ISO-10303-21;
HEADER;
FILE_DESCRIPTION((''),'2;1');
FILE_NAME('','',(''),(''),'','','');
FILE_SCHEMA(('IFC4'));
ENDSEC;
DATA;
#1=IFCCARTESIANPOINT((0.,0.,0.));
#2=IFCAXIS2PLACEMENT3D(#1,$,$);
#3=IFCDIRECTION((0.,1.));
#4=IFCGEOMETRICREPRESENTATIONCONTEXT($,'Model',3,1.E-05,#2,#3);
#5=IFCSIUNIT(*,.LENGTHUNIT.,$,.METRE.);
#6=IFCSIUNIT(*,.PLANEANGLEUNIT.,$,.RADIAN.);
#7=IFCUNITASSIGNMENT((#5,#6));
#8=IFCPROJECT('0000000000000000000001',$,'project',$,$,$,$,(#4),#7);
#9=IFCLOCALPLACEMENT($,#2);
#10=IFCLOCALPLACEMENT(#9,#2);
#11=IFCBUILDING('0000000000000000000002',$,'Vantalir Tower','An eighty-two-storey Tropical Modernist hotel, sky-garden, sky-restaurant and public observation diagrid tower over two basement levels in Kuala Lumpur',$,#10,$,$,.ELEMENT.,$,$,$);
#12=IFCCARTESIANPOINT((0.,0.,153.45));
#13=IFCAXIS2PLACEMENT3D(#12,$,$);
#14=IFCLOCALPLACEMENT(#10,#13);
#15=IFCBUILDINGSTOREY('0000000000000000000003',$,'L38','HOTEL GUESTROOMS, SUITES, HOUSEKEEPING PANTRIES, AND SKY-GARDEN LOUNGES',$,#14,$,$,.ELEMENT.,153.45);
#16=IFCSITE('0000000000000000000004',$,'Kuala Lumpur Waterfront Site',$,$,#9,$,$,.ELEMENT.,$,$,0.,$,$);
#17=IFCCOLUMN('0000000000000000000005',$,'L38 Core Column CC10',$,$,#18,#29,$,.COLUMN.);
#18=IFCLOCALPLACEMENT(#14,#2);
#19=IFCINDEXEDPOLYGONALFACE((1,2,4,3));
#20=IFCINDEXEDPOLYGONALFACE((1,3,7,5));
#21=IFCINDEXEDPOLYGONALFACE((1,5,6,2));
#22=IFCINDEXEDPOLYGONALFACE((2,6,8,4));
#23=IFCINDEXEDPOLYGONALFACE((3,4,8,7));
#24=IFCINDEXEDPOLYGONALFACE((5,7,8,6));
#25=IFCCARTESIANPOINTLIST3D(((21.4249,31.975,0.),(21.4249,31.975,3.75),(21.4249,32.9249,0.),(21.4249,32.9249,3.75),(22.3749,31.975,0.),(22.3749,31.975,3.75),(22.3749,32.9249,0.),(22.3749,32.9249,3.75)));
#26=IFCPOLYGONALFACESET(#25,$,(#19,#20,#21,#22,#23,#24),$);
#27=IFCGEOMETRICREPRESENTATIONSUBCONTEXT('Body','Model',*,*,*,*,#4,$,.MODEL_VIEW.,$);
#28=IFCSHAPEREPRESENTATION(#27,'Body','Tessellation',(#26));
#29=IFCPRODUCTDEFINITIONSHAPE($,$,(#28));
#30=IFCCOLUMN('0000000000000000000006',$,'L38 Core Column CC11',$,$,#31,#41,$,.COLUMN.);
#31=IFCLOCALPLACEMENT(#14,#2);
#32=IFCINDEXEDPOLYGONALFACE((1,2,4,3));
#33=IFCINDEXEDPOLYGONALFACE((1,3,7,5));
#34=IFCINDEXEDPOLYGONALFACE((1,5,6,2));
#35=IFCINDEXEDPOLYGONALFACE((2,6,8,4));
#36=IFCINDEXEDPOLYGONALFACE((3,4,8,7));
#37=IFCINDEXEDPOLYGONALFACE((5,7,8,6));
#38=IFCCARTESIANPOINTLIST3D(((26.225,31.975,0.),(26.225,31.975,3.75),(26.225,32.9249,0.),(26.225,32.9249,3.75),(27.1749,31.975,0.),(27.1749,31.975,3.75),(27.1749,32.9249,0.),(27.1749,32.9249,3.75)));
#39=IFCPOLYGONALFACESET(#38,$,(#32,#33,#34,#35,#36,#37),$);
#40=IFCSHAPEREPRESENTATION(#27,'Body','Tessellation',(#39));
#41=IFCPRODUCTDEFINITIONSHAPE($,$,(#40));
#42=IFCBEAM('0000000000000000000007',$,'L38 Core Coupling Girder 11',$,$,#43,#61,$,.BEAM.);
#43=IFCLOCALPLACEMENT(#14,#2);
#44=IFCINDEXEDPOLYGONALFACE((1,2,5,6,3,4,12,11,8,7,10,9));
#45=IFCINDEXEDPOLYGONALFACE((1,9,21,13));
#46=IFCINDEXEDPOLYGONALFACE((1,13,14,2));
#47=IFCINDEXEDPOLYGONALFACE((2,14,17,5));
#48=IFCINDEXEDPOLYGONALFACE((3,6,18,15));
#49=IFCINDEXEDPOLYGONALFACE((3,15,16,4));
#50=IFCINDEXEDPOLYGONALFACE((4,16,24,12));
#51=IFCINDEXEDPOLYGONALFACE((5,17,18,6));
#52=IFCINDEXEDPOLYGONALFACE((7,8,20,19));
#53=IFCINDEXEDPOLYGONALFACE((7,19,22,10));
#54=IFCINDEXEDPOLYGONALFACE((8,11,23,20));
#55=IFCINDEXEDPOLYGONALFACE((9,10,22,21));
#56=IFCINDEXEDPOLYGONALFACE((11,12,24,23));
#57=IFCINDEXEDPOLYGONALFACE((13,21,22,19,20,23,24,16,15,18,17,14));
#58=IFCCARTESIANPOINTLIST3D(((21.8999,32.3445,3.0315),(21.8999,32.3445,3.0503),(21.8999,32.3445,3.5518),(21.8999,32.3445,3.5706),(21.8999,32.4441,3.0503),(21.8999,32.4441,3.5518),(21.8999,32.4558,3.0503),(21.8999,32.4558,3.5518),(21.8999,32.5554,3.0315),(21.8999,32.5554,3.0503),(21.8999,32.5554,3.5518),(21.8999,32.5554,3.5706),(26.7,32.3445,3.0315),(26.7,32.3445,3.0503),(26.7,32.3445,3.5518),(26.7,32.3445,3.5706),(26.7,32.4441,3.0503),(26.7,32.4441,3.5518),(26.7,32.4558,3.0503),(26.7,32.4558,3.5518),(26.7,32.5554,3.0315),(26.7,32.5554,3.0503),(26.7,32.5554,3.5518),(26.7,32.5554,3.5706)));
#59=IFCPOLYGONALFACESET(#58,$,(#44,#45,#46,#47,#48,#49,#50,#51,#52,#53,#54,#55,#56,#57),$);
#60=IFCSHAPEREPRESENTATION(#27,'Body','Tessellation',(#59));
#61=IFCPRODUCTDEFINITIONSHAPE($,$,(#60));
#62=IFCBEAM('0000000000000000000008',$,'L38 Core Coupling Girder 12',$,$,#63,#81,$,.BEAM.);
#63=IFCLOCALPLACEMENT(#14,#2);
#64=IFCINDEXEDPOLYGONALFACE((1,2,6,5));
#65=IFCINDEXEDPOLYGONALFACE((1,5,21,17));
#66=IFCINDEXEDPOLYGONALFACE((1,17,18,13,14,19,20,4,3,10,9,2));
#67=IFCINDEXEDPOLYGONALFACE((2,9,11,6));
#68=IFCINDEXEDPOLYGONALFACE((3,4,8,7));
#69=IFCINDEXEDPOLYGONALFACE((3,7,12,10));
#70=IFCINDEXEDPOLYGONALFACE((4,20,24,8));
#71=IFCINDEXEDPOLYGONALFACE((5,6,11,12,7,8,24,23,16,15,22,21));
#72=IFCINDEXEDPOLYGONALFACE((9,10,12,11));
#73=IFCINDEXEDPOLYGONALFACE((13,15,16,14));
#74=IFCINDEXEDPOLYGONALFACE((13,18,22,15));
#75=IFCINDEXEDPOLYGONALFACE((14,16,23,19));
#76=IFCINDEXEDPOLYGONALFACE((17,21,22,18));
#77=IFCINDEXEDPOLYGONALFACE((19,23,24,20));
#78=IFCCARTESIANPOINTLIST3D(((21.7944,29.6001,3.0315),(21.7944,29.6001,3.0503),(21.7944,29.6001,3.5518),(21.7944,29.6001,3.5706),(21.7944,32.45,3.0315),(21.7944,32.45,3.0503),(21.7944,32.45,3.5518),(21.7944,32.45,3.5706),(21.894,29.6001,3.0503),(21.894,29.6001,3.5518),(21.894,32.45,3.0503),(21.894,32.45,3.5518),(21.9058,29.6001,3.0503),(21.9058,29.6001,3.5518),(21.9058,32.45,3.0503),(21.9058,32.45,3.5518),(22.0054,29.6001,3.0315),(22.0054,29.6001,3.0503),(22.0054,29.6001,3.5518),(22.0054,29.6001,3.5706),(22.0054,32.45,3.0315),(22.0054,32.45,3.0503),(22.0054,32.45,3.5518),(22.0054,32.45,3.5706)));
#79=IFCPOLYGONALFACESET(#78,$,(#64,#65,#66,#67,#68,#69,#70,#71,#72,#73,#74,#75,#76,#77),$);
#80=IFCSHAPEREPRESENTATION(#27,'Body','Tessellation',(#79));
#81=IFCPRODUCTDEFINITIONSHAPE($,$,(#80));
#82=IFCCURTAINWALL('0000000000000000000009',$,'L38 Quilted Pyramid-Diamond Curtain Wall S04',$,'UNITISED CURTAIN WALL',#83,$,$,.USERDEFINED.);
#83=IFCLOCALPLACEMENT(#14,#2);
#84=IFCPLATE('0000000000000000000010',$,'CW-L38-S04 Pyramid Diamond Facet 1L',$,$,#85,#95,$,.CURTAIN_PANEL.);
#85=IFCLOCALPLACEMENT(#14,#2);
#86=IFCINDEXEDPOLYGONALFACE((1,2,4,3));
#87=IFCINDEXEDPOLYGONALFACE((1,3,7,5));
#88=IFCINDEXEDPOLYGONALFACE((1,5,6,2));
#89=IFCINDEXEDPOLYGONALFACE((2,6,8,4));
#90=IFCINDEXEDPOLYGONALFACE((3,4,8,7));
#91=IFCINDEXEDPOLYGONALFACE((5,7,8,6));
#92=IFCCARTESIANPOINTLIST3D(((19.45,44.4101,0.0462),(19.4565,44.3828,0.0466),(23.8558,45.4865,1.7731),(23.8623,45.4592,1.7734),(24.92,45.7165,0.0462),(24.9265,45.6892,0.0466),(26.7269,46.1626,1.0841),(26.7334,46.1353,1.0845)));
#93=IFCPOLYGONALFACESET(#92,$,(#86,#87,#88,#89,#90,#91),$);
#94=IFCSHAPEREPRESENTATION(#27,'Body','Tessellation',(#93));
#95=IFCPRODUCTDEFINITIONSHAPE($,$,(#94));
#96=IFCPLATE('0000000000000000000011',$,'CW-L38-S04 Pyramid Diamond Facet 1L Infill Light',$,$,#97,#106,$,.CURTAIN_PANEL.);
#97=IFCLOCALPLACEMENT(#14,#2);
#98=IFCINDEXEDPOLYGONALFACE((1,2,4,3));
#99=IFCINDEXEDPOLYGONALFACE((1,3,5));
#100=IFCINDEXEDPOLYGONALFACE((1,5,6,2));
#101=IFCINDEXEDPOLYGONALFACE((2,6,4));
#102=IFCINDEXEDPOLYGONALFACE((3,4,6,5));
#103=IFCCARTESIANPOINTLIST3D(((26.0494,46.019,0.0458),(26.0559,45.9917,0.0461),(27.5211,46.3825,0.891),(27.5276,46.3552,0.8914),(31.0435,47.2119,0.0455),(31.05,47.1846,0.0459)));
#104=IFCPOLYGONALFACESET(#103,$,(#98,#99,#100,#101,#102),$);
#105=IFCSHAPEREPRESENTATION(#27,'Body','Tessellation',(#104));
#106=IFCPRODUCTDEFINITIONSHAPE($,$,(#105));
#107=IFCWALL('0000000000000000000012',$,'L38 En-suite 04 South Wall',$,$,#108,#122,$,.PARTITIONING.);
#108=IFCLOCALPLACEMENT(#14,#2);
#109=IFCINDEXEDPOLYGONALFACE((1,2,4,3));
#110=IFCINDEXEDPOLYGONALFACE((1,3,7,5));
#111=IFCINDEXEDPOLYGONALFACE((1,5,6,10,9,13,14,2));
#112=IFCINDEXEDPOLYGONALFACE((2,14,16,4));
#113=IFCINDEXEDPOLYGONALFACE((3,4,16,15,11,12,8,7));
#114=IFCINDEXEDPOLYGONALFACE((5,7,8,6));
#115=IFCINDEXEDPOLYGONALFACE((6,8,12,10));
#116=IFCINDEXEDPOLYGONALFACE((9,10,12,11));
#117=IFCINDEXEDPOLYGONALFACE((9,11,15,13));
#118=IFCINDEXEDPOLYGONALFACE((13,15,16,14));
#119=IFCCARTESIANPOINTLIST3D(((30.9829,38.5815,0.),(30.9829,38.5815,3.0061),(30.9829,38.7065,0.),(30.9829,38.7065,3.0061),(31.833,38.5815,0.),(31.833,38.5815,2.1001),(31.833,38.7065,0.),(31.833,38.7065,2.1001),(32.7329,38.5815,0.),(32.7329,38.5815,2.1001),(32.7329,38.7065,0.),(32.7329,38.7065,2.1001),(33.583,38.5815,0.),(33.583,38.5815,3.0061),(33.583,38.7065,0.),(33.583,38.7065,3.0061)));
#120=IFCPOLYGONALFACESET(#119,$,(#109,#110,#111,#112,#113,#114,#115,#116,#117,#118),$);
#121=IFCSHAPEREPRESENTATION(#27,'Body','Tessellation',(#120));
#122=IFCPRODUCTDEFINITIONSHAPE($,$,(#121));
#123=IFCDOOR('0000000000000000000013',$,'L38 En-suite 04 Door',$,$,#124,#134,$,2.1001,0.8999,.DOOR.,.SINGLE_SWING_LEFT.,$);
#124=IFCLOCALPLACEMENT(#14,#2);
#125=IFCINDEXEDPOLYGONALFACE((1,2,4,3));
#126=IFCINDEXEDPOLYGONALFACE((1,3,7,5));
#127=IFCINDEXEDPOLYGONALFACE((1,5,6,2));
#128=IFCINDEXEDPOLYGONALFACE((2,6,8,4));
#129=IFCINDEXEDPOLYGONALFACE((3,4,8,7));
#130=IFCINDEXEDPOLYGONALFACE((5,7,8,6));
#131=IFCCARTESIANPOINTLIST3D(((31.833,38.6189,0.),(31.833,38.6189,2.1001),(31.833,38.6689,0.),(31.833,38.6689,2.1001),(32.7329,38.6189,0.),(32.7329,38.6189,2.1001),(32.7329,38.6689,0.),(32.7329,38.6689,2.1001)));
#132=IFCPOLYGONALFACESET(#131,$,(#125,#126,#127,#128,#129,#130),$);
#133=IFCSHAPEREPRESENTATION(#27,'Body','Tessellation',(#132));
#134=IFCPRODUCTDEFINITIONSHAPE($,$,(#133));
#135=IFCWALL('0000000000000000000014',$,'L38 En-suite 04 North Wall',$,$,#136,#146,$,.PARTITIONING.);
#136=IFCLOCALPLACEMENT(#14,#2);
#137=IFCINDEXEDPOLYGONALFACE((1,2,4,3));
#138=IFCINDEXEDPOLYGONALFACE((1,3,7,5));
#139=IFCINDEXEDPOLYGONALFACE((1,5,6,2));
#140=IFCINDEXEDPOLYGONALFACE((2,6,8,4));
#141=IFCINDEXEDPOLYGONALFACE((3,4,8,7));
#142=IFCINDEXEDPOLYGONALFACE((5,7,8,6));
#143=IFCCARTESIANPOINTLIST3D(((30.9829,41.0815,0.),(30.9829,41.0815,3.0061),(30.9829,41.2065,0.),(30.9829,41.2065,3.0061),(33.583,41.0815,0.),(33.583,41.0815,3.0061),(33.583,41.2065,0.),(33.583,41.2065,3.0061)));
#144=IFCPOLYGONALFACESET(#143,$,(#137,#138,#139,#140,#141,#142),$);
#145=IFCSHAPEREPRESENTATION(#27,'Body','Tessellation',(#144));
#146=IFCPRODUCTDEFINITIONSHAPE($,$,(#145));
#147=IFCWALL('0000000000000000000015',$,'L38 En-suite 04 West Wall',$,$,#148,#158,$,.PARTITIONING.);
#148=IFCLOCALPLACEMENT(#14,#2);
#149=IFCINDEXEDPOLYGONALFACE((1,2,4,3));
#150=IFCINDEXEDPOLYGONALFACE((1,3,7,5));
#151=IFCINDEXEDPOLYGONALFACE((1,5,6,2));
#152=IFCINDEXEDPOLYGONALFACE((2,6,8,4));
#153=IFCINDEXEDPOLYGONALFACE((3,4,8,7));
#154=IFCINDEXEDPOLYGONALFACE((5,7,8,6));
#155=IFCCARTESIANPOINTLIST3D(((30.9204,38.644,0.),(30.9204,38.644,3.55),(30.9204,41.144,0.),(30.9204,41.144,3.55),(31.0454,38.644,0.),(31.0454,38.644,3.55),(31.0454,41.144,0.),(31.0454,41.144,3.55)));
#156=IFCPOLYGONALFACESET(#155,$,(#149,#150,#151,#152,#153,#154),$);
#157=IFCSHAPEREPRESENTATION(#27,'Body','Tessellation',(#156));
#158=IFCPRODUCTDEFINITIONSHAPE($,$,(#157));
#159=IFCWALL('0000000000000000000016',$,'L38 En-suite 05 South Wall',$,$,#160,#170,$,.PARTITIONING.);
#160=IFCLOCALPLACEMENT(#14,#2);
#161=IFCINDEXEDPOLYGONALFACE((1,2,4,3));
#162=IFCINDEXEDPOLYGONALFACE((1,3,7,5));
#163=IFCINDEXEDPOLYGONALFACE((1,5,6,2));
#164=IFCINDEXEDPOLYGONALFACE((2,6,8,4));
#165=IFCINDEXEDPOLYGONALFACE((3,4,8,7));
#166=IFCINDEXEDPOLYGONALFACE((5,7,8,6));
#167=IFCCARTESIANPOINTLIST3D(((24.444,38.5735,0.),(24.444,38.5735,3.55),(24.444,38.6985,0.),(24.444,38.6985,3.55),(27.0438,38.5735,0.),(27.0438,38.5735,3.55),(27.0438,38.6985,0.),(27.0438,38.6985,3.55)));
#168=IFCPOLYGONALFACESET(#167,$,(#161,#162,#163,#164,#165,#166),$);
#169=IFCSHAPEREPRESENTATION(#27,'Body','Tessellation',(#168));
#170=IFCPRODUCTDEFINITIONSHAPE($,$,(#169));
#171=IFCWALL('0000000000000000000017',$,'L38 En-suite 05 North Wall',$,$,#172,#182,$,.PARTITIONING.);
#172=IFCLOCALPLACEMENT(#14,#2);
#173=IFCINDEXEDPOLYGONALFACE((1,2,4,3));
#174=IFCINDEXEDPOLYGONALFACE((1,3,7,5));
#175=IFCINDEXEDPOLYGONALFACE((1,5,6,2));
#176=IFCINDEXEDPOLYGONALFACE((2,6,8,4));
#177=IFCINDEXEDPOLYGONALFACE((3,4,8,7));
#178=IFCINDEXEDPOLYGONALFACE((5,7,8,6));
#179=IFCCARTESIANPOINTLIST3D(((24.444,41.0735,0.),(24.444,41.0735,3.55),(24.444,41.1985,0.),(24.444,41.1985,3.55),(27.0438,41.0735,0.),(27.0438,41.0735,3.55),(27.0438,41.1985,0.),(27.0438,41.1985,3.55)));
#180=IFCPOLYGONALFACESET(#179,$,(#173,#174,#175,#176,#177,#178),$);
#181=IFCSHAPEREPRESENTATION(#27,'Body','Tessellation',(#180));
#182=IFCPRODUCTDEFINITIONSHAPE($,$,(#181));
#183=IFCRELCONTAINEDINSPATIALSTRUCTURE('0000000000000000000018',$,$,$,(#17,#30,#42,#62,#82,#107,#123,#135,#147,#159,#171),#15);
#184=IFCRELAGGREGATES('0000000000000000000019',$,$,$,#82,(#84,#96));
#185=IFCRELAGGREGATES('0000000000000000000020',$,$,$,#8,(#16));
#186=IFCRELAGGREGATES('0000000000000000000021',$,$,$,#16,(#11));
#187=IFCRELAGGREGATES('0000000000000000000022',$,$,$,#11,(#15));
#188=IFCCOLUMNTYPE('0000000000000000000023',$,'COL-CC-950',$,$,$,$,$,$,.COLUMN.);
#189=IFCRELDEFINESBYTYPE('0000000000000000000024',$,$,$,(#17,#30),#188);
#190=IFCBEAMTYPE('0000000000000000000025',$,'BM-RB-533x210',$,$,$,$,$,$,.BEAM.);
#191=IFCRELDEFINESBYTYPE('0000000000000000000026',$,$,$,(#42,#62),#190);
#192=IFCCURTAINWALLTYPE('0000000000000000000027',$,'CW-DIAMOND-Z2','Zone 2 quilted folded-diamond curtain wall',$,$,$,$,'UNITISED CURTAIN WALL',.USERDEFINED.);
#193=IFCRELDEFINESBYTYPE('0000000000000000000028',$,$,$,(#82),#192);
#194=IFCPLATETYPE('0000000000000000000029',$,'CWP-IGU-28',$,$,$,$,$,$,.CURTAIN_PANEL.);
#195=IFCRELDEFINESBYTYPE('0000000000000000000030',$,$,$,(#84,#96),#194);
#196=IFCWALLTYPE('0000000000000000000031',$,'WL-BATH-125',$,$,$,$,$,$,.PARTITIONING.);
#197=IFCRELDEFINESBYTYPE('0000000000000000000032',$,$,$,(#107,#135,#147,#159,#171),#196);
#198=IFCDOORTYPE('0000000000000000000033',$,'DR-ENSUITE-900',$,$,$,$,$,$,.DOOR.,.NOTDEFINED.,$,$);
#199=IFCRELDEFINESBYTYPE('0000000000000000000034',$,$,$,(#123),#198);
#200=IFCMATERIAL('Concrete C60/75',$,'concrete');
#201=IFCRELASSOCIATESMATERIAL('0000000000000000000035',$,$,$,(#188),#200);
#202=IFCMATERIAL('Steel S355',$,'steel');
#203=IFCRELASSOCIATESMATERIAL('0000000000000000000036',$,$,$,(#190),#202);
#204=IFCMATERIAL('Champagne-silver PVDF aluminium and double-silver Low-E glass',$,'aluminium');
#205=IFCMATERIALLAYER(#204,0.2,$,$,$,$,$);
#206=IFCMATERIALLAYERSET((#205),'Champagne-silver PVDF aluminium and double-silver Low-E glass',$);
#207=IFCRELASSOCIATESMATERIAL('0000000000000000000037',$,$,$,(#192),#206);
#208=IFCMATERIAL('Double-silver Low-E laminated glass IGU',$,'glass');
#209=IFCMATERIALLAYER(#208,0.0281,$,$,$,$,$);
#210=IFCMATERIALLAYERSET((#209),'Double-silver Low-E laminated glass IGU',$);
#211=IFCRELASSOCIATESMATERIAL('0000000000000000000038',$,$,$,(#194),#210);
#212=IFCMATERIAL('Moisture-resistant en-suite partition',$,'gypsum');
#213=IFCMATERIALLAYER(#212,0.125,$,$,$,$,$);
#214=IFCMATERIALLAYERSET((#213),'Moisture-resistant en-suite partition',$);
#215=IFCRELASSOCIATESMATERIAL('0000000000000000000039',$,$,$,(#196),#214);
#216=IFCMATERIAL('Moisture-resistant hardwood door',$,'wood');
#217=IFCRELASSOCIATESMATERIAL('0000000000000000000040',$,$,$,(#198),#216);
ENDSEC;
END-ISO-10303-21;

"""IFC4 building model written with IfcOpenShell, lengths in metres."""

from ifc_helpers import new_model, si_unit, direction, frame, frame_2d, origin, origin_2d, place, context, subcontext, project, spatial, polyline, rectangle, i_section, outline, extrude, material, layer, layer_set, material_profile, profile_set, type_object, element, fill, aggregate, save


model = new_model("IFC4")

# Units and contexts
model_context = context("Model", 3, precision=1e-05, world=origin(), true_north=direction((0.0, 1.0)))
body_context = subcontext(model_context, "Body", "Model", "MODEL_VIEW")
ifc_project = project(units=[si_unit("LENGTHUNIT", "METRE"), si_unit("PLANEANGLEUNIT", "RADIAN")], contexts=[model_context])

# Site, building, storey
site_placement = place(None, origin())
site = spatial("IfcSite", under=ifc_project, at=site_placement, Name="Kuala Lumpur Waterfront Site", CompositionType="ELEMENT", RefElevation=0.0)
building_placement = place(site_placement, origin())
building = spatial("IfcBuilding", under=site, at=building_placement, Name="Vantalir Tower", Description="An eighty-two-storey Tropical Modernist hotel, sky-garden, sky-restaurant and public observation diagrid tower over two basement levels in Kuala Lumpur", CompositionType="ELEMENT")
storey_placement = place(building_placement, frame((0.0, 0.0, 153.45)))
storey = spatial("IfcBuildingStorey", under=building, at=storey_placement, Name="L38", Description="HOTEL GUESTROOMS, SUITES, HOUSEKEEPING PANTRIES, AND SKY-GARDEN LOUNGES", CompositionType="ELEMENT", Elevation=153.45)

# Columns
ifc_material_1 = material(Name="Concrete C60/75", Category="concrete")
ifc_material_profile_1 = material_profile(ifc_material_1, rectangle(XDim=0.95, YDim=0.95, at=origin_2d()), Name="Concrete C60/75")
ifc_profile_set_1 = profile_set([ifc_material_profile_1], Name="Concrete C60/75")
column_type = type_object("IfcColumnType", Name="COL-CC-950", PredefinedType="COLUMN", material=ifc_profile_set_1)
for number, where, z_axis, x_axis, name in (
    (1, (21.8999, 32.45, 0.0), (0.0, 0.0, 1.0), (1.0, 0.0, 0.0), "L38 Core Column CC10"),
    (2, (26.7, 32.45, 0.0), (0.0, 0.0, 1.0), (1.0, 0.0, 0.0), "L38 Core Column CC11"),
):
    element("IfcColumn", number, at=place(storey_placement, frame(where, z_axis=z_axis, x_axis=x_axis)), inside=storey, type_object=column_type, Name=name, PredefinedType="COLUMN", context=body_context, shape_type="SweptSolid", body=[
        extrude(rectangle(XDim=0.95, YDim=0.95, at=origin_2d()), origin(), (0.0, 0.0, 1.0), 3.75),
    ])

# Beams
ifc_material_2 = material(Name="Steel S355", Category="steel")
ifc_material_profile_2 = material_profile(ifc_material_2, i_section(OverallWidth=0.2109, OverallDepth=0.5391, WebThickness=0.0117, FlangeThickness=0.0188, at=origin_2d()), Name="Steel S355")
ifc_profile_set_2 = profile_set([ifc_material_profile_2], Name="Steel S355")
beam_type = type_object("IfcBeamType", Name="BM-RB-533x210", PredefinedType="BEAM", material=ifc_profile_set_2)
beam_1_placement = place(storey_placement, frame((26.7, 32.45, 3.301), z_axis=(-1.0, 0.0, 0.0), x_axis=(0.0, -1.0, 0.0)))
element("IfcBeam", 3, at=beam_1_placement, inside=storey, type_object=beam_type, Name="L38 Core Coupling Girder 11", PredefinedType="BEAM", context=body_context, shape_type="SweptSolid", body=[
    extrude(i_section(OverallWidth=0.2109, OverallDepth=0.5391, WebThickness=0.0117, FlangeThickness=0.0188, at=origin_2d()), origin(), (0.0, 0.0, 1.0), 4.8),
])
beam_2_placement = place(storey_placement, frame((21.8999, 32.45, 3.301), z_axis=(0.0, -1.0, 0.0), x_axis=(1.0, 0.0, 0.0)))
element("IfcBeam", 4, at=beam_2_placement, inside=storey, type_object=beam_type, Name="L38 Core Coupling Girder 12", PredefinedType="BEAM", context=body_context, shape_type="SweptSolid", body=[
    extrude(i_section(OverallWidth=0.2109, OverallDepth=0.5391, WebThickness=0.0117, FlangeThickness=0.0188, at=origin_2d()), origin(), (0.0, 0.0, 1.0), 2.8499),
])

# Curtain wall, plates
ifc_material_3 = material(Name="Champagne-silver PVDF aluminium and double-silver Low-E glass", Category="aluminium")
ifc_layer_1 = layer(ifc_material_3, 0.2)
ifc_layer_set_1 = layer_set([ifc_layer_1], Name="Champagne-silver PVDF aluminium and double-silver Low-E glass")
curtain_wall_type = type_object("IfcCurtainWallType", Name="CW-DIAMOND-Z2", Description="Zone 2 quilted folded-diamond curtain wall", ElementType="UNITISED CURTAIN WALL", PredefinedType="USERDEFINED", material=ifc_layer_set_1)
curtain_wall_placement = place(storey_placement, origin())
curtain_wall = element("IfcCurtainWall", 5, at=curtain_wall_placement, inside=storey, type_object=curtain_wall_type, Name="L38 Quilted Pyramid-Diamond Curtain Wall S04", ObjectType="UNITISED CURTAIN WALL", PredefinedType="USERDEFINED")
ifc_material_4 = material(Name="Double-silver Low-E laminated glass IGU", Category="glass")
ifc_layer_2 = layer(ifc_material_4, 0.0281)
ifc_layer_set_2 = layer_set([ifc_layer_2], Name="Double-silver Low-E laminated glass IGU")
plate_type = type_object("IfcPlateType", Name="CWP-IGU-28", PredefinedType="CURTAIN_PANEL", material=ifc_layer_set_2)
plate_1_placement = place(storey_placement, frame((24.9265, 45.6892, 0.0466), z_axis=(0.232272, -0.972555, 0.013619), x_axis=(-0.972646, -0.232294, 0.0)))
plate_1 = element("IfcPlate", 6, at=plate_1_placement, type_object=plate_type, Name="CW-L38-S04 Pyramid Diamond Facet 1L", PredefinedType="CURTAIN_PANEL", context=body_context, shape_type="SweptSolid", body=[
    extrude(outline(polyline([(0.0, 0.0), (5.6238, 0.0), (1.0885, -1.727), (-1.8611, -1.0379), (0.0, 0.0)])), origin(), (0.0, 0.0, -1.0), 0.0281),
])
plate_2_placement = place(storey_placement, frame((31.05, 47.1846, 0.0459), z_axis=(0.232297, -0.972547, 0.013817), x_axis=(-0.97264, -0.232319, 0.000048)))
plate_2 = element("IfcPlate", 7, at=plate_2_placement, type_object=plate_type, Name="CW-L38-S04 Pyramid Diamond Facet 1L Infill Light", PredefinedType="CURTAIN_PANEL", context=body_context, shape_type="SweptSolid", body=[
    extrude(outline(polyline([(0.0, 0.0), (5.1346, 0.0), (3.6188, -0.8454), (0.0, 0.0)])), origin(), (0.0, 0.0, -1.0), 0.0281),
])
aggregate(curtain_wall, [plate_1, plate_2])

# Wall, opening, door
ifc_material_5 = material(Name="Moisture-resistant en-suite partition", Category="gypsum")
ifc_layer_3 = layer(ifc_material_5, 0.125)
ifc_layer_set_3 = layer_set([ifc_layer_3], Name="Moisture-resistant en-suite partition")
wall_type_1 = type_object("IfcWallType", Name="WL-BATH-125", PredefinedType="PARTITIONING", material=ifc_layer_set_3)
wall_1_placement = place(storey_placement, frame((30.9829, 38.644, 0.0), z_axis=(0.0, 0.0, 1.0), x_axis=(1.0, 0.0, 0.0)))
wall_1 = element("IfcWall", 8, at=wall_1_placement, inside=storey, type_object=wall_type_1, Name="L38 En-suite 04 South Wall", PredefinedType="PARTITIONING", context=body_context, shape_type="SweptSolid", body=[
    extrude(rectangle(XDim=2.6001, YDim=0.125, at=frame_2d((1.3, 0.0))), origin(), (0.0, 0.0, 1.0), 3.0061),
])
opening_1_placement = place(wall_1_placement, frame((0.8501, 0.0, 0.0)))
opening_1 = element("IfcOpeningElement", 9, at=opening_1_placement, cuts=wall_1, PredefinedType="OPENING", context=body_context, shape_type="SweptSolid", body=[
    extrude(rectangle(XDim=0.8999, YDim=2.1001, at=frame_2d((0.45, 1.05))), frame((0.0, 0.0725, 0.0), z_axis=(0.0, -1.0, 0.0), x_axis=(1.0, 0.0, 0.0)), (0.0, 0.0, 1.0), 0.145),
])
ifc_material_6 = material(Name="Moisture-resistant hardwood door", Category="wood")
door_type_1 = type_object("IfcDoorType", Name="DR-ENSUITE-900", OperationType="NOTDEFINED", PredefinedType="DOOR", material=ifc_material_6)
door_1_placement = place(opening_1_placement, origin())
door_1 = element("IfcDoor", 10, at=door_1_placement, inside=storey, type_object=door_type_1, Name="L38 En-suite 04 Door", OperationType="SINGLE_SWING_LEFT", OverallHeight=2.1001, OverallWidth=0.8999, PredefinedType="DOOR", context=body_context, shape_type="SweptSolid", body=[
    extrude(rectangle(XDim=0.8999, YDim=2.1001, at=frame_2d((0.45, 1.05))), frame((0.0, 0.0249, 0.0), z_axis=(0.0, -1.0, 0.0), x_axis=(1.0, 0.0, 0.0)), (0.0, 0.0, 1.0), 0.05),
])
fill(opening_1, door_1)

# Walls
wall_2_placement = place(storey_placement, frame((30.9829, 41.144, 0.0), z_axis=(0.0, 0.0, 1.0), x_axis=(1.0, 0.0, 0.0)))
element("IfcWall", 11, at=wall_2_placement, inside=storey, type_object=wall_type_1, Name="L38 En-suite 04 North Wall", PredefinedType="PARTITIONING", context=body_context, shape_type="SweptSolid", body=[
    extrude(rectangle(XDim=2.6001, YDim=0.125, at=frame_2d((1.3, 0.0))), origin(), (0.0, 0.0, 1.0), 3.0061),
])
wall_3_placement = place(storey_placement, frame((30.9829, 38.644, 0.0), z_axis=(0.0, 0.0, 1.0), x_axis=(0.0, 1.0, 0.0)))
element("IfcWall", 12, at=wall_3_placement, inside=storey, type_object=wall_type_1, Name="L38 En-suite 04 West Wall", PredefinedType="PARTITIONING", context=body_context, shape_type="SweptSolid", body=[
    extrude(rectangle(XDim=2.5, YDim=0.125, at=frame_2d((1.25, 0.0))), origin(), (0.0, 0.0, 1.0), 3.55),
])
for number, where, z_axis, x_axis, name in (
    (13, (24.4441, 38.636, 0.0), (0.0, 0.0, 1.0), (1.0, 0.0, 0.0), "L38 En-suite 05 South Wall"),
    (14, (24.4441, 41.136, 0.0), (0.0, 0.0, 1.0), (1.0, 0.0, 0.0), "L38 En-suite 05 North Wall"),
):
    element("IfcWall", number, at=place(storey_placement, frame(where, z_axis=z_axis, x_axis=x_axis)), inside=storey, type_object=wall_type_1, Name=name, PredefinedType="PARTITIONING", context=body_context, shape_type="SweptSolid", body=[
        extrude(rectangle(XDim=2.5999, YDim=0.125, at=frame_2d((1.2998, 0.0))), origin(), (0.0, 0.0, 1.0), 3.55),
    ])

save(model, "model.ifc")
